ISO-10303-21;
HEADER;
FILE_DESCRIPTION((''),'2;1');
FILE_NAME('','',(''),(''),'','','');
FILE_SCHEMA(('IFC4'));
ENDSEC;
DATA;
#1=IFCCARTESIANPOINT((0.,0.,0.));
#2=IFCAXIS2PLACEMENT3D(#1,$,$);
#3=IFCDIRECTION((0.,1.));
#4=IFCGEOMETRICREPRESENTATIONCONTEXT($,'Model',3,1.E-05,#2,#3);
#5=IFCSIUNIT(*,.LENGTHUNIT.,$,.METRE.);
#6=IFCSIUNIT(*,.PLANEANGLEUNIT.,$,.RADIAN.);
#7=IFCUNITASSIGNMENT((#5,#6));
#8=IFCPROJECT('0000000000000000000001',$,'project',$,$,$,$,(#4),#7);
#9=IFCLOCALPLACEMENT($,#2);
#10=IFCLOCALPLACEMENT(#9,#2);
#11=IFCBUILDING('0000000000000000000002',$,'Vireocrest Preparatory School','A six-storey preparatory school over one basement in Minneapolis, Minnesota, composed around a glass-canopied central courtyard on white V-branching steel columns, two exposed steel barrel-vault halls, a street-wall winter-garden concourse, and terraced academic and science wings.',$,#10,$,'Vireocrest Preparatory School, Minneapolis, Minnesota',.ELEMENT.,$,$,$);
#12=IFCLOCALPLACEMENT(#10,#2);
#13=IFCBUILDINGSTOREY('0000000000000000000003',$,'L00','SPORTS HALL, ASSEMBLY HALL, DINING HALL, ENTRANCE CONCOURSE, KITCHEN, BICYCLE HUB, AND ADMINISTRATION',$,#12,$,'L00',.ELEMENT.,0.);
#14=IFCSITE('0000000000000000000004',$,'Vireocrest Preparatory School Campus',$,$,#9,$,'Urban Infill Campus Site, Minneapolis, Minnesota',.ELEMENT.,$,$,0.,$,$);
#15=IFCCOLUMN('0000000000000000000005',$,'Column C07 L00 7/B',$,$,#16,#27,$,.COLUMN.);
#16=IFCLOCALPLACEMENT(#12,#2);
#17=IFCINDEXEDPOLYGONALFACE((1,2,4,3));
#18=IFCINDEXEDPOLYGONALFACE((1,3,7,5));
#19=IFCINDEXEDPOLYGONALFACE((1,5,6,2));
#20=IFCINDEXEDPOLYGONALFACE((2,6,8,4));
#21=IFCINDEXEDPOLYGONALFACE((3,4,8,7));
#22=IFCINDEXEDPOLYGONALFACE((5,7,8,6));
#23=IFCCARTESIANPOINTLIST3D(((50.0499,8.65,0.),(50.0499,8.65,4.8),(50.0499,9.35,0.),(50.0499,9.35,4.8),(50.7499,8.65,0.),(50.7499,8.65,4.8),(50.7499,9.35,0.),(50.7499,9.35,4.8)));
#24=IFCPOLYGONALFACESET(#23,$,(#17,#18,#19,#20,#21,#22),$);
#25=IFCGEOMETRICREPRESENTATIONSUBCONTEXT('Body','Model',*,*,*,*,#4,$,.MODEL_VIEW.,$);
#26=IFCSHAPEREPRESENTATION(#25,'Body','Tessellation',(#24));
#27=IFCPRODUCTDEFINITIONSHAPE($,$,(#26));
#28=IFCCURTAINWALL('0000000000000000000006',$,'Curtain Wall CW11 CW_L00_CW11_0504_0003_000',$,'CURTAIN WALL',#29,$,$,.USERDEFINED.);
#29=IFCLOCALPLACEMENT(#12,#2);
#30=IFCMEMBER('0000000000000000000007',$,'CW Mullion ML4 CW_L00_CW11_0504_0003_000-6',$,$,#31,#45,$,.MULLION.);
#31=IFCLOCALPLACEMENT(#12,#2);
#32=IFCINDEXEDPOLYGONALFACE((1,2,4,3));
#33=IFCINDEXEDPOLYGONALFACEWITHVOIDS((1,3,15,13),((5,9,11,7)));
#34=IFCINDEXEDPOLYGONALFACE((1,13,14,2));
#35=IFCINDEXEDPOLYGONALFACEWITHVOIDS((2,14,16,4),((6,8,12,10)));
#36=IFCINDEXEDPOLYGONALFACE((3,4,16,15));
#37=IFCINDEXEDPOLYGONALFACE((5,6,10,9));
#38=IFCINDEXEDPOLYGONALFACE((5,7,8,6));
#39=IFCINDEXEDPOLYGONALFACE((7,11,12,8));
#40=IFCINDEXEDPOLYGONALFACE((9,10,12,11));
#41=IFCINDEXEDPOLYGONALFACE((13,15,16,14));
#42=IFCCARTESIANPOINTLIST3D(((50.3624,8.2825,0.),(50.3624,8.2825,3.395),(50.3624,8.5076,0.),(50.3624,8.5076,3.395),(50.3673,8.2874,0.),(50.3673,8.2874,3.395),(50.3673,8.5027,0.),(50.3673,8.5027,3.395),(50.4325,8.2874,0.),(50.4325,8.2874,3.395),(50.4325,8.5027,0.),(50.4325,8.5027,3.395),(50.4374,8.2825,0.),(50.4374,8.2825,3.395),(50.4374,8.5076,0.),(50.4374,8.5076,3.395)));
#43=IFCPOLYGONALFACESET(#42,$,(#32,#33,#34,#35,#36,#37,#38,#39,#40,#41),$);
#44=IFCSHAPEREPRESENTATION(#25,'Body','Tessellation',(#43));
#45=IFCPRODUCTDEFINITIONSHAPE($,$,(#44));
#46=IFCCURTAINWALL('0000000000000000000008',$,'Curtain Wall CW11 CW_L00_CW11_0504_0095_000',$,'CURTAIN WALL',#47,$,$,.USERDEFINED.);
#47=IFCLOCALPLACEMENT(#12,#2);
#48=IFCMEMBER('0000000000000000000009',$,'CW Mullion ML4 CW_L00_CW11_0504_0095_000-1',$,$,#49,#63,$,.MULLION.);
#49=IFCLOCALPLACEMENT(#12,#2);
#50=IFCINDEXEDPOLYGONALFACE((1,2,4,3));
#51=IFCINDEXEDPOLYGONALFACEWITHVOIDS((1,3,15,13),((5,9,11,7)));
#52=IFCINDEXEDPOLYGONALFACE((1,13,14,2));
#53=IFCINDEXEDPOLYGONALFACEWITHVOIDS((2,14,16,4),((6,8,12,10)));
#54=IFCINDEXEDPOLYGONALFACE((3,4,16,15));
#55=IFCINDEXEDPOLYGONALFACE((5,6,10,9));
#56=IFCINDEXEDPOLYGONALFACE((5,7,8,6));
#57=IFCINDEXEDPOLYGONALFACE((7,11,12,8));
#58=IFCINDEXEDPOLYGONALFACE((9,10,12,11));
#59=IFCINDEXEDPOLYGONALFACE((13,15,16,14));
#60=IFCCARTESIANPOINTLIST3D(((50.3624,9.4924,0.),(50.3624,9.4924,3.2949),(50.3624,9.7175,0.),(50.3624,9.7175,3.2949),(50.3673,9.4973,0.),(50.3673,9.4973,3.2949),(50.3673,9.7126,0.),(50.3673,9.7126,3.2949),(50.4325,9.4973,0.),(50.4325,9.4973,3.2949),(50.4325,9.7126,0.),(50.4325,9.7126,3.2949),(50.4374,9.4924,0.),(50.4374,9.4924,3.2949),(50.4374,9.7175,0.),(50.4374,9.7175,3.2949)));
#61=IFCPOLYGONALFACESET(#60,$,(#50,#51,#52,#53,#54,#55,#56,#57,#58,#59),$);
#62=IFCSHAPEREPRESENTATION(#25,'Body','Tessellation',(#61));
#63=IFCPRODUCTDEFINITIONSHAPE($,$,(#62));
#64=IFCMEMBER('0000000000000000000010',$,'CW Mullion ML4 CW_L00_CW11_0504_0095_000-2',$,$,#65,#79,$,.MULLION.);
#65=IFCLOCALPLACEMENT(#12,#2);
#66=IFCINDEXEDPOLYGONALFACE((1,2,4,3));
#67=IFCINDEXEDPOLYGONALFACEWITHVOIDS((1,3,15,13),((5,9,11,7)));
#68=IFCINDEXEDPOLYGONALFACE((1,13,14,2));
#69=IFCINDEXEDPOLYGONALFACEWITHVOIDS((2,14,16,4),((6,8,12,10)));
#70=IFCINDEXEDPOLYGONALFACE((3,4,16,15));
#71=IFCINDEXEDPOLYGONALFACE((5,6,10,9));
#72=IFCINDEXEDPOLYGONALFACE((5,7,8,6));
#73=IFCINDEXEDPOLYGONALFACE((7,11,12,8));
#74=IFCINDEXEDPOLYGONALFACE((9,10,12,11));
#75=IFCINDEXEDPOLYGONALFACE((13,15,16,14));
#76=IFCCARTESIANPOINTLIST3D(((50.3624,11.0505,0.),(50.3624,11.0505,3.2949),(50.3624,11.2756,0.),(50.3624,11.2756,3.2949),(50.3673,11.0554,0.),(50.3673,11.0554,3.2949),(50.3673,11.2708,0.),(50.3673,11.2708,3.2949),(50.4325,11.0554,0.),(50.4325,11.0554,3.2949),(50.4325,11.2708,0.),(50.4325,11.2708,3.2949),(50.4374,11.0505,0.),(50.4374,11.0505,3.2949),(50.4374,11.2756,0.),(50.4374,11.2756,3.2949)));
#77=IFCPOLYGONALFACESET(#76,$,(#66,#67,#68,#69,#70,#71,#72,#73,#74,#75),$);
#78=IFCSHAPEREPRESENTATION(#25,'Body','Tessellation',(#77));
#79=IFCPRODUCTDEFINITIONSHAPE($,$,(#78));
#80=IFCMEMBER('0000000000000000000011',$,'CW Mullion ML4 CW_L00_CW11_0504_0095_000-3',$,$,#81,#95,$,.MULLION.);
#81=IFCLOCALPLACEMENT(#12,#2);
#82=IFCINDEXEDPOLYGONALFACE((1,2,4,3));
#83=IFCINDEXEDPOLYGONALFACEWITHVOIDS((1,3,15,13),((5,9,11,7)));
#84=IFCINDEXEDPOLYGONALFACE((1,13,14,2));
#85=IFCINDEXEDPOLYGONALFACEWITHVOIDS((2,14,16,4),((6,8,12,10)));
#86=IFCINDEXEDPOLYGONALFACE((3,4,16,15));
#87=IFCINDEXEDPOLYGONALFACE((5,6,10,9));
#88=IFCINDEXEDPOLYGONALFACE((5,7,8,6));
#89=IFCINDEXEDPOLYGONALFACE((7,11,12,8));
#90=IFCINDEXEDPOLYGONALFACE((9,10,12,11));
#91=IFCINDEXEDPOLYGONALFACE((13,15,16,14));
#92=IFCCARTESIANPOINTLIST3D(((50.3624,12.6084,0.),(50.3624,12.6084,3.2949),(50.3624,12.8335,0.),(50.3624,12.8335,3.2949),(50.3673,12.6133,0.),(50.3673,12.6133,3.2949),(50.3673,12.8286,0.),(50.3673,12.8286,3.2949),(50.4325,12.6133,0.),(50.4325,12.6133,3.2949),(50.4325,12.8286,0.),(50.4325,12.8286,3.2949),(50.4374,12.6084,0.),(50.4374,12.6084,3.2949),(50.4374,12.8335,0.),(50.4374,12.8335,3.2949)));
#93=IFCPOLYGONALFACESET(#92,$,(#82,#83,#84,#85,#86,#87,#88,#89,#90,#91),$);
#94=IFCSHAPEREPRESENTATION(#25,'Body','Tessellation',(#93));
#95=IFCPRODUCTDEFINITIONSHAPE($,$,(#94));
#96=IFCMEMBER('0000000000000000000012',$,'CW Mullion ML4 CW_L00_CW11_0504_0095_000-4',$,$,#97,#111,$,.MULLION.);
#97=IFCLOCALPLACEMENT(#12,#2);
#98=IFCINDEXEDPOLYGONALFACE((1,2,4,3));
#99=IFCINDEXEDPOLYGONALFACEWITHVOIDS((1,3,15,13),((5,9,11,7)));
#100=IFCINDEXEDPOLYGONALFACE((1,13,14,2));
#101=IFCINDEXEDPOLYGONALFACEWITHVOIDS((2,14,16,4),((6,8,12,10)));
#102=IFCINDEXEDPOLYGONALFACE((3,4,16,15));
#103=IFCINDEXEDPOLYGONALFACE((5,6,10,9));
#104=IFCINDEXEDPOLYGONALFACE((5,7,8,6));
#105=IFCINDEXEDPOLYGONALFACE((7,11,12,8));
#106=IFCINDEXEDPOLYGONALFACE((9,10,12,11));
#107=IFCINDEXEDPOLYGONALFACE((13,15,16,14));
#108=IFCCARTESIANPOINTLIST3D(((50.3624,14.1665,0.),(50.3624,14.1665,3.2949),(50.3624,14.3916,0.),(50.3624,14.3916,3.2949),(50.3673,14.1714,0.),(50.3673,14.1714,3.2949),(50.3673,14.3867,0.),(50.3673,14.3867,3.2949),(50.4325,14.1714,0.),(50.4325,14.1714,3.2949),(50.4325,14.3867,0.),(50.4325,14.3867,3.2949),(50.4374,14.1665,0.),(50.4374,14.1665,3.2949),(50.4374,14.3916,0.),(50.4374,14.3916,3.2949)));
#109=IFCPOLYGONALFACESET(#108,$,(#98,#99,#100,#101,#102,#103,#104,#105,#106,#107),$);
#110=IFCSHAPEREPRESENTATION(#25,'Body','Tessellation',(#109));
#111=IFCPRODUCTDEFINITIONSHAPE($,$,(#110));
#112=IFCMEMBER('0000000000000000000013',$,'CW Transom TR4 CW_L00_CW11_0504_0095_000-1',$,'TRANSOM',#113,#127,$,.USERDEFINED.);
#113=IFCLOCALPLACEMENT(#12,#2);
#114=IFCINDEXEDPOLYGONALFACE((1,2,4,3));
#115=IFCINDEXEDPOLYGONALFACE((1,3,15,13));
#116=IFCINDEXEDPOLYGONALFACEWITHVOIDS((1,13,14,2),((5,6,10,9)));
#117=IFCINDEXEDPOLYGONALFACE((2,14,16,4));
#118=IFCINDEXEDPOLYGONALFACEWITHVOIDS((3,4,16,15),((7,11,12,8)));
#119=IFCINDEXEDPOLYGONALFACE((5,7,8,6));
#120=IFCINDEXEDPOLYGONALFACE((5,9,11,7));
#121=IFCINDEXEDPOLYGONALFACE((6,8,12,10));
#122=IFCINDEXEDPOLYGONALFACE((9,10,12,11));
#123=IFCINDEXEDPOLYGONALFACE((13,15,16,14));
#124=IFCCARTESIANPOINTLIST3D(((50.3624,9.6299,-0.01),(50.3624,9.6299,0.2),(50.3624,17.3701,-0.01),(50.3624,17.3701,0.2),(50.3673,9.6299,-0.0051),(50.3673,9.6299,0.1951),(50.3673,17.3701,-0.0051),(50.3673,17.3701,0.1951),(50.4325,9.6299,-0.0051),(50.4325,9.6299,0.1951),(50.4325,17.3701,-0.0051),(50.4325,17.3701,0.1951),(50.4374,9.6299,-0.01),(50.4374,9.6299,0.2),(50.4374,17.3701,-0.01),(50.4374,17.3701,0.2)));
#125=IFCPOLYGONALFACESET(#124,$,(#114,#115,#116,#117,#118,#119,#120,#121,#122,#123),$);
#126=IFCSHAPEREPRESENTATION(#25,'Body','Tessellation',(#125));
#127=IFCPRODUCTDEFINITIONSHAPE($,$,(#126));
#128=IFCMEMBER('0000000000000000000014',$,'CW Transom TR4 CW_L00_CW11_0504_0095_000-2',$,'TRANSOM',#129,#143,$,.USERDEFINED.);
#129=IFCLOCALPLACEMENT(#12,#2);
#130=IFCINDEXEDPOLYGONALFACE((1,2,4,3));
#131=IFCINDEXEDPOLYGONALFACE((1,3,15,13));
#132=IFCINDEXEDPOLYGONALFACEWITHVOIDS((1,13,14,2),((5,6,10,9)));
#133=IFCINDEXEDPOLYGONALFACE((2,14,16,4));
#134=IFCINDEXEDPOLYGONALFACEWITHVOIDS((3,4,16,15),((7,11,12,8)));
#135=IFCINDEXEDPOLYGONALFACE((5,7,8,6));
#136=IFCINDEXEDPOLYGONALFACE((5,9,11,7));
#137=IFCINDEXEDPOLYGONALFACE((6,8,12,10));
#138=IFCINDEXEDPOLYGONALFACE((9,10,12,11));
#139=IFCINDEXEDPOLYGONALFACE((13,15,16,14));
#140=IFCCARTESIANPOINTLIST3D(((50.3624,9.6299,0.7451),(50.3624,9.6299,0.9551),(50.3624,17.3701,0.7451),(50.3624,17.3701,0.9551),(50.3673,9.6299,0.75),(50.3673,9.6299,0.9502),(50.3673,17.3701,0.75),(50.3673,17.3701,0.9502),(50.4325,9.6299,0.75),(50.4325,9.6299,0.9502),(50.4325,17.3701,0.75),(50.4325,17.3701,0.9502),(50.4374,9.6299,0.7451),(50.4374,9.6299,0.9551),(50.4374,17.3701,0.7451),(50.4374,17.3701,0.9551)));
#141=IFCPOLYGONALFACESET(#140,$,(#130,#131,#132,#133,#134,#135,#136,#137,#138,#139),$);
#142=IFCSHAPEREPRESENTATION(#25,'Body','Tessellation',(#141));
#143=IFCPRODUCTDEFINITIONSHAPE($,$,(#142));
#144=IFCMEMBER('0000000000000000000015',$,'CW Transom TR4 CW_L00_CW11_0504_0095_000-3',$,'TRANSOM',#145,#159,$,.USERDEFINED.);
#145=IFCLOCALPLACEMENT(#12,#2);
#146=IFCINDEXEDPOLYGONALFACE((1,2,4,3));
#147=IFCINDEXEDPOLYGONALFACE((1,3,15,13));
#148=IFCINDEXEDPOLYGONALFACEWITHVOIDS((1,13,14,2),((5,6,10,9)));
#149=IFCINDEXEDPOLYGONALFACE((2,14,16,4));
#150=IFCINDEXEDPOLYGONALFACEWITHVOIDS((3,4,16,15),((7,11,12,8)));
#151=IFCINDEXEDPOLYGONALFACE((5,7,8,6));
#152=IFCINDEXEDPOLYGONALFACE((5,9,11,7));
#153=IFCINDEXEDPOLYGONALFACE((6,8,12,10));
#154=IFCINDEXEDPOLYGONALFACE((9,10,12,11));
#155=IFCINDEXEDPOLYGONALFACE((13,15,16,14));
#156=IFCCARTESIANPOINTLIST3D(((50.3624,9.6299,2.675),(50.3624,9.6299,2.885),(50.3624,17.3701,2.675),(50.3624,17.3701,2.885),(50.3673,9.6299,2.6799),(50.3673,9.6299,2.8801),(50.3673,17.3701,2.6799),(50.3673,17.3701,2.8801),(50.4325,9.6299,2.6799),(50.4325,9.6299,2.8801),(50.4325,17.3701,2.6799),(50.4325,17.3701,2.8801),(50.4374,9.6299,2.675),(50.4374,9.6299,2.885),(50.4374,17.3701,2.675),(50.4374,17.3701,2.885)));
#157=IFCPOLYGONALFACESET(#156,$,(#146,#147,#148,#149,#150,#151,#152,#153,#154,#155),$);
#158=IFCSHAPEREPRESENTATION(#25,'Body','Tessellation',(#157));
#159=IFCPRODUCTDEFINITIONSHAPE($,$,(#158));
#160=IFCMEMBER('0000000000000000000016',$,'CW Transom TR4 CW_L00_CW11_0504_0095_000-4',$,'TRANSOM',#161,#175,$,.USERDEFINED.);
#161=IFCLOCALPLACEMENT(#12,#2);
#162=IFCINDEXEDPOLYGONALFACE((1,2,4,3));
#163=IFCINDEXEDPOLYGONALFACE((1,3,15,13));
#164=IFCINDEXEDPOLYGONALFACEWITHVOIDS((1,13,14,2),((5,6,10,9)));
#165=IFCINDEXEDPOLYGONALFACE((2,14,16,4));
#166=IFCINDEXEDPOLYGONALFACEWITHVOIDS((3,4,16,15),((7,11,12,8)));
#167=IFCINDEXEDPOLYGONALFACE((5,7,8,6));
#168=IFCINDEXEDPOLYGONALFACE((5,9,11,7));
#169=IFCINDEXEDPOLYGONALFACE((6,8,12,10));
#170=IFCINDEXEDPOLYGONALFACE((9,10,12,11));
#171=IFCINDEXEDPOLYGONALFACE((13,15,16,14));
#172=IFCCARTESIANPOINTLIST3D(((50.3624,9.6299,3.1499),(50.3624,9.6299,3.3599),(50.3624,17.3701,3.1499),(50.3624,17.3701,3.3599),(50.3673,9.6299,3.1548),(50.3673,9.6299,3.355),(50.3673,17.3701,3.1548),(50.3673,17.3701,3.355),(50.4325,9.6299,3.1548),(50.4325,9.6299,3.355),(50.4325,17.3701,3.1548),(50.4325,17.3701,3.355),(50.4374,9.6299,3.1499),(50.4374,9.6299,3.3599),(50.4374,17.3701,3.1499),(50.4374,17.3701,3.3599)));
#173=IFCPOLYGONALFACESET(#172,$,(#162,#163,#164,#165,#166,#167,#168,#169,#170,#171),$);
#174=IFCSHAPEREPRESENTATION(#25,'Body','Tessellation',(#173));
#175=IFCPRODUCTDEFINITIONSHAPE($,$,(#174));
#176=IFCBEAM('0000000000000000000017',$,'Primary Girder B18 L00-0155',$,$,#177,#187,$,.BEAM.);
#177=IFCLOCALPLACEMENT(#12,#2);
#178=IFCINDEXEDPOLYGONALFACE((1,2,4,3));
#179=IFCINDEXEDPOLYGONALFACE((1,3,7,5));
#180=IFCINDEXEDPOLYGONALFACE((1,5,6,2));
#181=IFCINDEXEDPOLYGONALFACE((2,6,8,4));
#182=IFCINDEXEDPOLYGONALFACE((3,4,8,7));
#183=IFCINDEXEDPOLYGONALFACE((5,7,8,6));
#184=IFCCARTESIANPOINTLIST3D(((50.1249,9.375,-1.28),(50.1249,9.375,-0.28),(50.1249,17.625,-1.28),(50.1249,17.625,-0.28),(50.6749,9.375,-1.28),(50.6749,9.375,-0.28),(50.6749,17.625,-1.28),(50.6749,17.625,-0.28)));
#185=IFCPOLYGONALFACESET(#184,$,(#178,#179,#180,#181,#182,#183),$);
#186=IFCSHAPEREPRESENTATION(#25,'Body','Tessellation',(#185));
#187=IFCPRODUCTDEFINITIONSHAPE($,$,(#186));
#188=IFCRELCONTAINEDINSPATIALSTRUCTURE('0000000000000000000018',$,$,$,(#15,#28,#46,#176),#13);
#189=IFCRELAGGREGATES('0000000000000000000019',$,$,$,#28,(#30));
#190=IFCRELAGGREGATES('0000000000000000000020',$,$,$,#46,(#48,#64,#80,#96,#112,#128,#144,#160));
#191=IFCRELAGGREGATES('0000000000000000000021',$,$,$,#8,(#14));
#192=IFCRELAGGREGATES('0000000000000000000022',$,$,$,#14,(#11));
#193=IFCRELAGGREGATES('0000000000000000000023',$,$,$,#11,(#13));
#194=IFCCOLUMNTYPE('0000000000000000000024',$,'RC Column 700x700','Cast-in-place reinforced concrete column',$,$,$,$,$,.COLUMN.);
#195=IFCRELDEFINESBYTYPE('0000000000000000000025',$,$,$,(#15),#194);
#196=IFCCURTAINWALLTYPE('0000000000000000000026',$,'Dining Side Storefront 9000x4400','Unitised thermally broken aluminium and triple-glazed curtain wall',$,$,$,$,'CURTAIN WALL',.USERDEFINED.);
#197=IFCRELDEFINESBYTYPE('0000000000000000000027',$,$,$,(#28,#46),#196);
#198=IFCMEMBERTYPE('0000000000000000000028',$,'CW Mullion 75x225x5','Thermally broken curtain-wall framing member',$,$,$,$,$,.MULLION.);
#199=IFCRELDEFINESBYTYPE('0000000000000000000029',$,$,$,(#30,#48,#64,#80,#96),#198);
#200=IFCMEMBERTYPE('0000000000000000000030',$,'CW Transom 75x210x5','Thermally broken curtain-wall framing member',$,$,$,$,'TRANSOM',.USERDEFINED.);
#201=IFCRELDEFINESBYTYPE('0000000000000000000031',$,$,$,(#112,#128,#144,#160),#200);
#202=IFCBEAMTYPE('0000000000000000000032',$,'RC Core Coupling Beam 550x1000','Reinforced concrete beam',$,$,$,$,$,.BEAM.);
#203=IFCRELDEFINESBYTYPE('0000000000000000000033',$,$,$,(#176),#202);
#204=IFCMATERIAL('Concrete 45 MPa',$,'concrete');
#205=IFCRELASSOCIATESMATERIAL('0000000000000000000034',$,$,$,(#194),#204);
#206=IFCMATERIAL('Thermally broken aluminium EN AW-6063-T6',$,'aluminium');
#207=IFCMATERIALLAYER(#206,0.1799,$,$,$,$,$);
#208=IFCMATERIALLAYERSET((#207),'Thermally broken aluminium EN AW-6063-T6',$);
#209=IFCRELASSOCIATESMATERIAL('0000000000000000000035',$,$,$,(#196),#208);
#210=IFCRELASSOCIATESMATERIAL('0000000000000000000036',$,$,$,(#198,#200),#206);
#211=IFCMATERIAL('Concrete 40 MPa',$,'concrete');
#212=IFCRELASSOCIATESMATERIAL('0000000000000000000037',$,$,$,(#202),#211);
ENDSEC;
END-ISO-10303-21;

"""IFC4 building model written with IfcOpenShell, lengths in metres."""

from ifc_helpers import new_model, si_unit, direction, frame, origin, origin_2d, place, context, subcontext, project, spatial, rectangle, hollow_rectangle, extrude, material, layer, layer_set, material_profile, profile_set, type_object, element, aggregate, save


model = new_model("IFC4")

# Units and contexts
model_context = context("Model", 3, precision=1e-05, world=origin(), true_north=direction((0.0, 1.0)))
body_context = subcontext(model_context, "Body", "Model", "MODEL_VIEW")
ifc_project = project(units=[si_unit("LENGTHUNIT", "METRE"), si_unit("PLANEANGLEUNIT", "RADIAN")], contexts=[model_context])

# Site, building, storey
site_placement = place(None, origin())
site = spatial("IfcSite", under=ifc_project, at=site_placement, Name="Vireocrest Preparatory School Campus", LongName="Urban Infill Campus Site, Minneapolis, Minnesota", CompositionType="ELEMENT", RefElevation=0.0)
building_placement = place(site_placement, origin())
building = spatial("IfcBuilding", under=site, at=building_placement, Name="Vireocrest Preparatory School", Description="A six-storey preparatory school over one basement in Minneapolis, Minnesota, composed around a glass-canopied central courtyard on white V-branching steel columns, two exposed steel barrel-vault halls, a street-wall winter-garden concourse, and terraced academic and science wings.", LongName="Vireocrest Preparatory School, Minneapolis, Minnesota", CompositionType="ELEMENT")
storey_placement = place(building_placement, origin())
storey = spatial("IfcBuildingStorey", under=building, at=storey_placement, Name="L00", Description="SPORTS HALL, ASSEMBLY HALL, DINING HALL, ENTRANCE CONCOURSE, KITCHEN, BICYCLE HUB, AND ADMINISTRATION", LongName="L00", CompositionType="ELEMENT", Elevation=0.0)

# Column
ifc_material_1 = material(Name="Concrete 45 MPa", Category="concrete")
ifc_material_profile_1 = material_profile(ifc_material_1, rectangle(XDim=0.7, YDim=0.7, at=origin_2d()), Name="RC 700x700")
ifc_profile_set_1 = profile_set([ifc_material_profile_1], Name="Concrete 45 MPa")
column_type = type_object("IfcColumnType", Name="RC Column 700x700", Description="Cast-in-place reinforced concrete column", PredefinedType="COLUMN", material=ifc_profile_set_1)
column_placement = place(storey_placement, frame((50.3999, 9.0, 0.0), z_axis=(0.0, 0.0, 1.0), x_axis=(1.0, 0.0, 0.0)))
element("IfcColumn", 1, at=column_placement, inside=storey, type_object=column_type, Name="Column C07 L00 7/B", PredefinedType="COLUMN", context=body_context, shape_type="SweptSolid", body=[
    extrude(rectangle(XDim=0.7, YDim=0.7, at=origin_2d()), origin(), (0.0, 0.0, 1.0), 4.8),
])

# Curtain wall, member
ifc_material_2 = material(Name="Thermally broken aluminium EN AW-6063-T6", Category="aluminium")
ifc_layer_1 = layer(ifc_material_2, 0.1799)
ifc_layer_set_1 = layer_set([ifc_layer_1], Name="Thermally broken aluminium EN AW-6063-T6")
curtain_wall_type = type_object("IfcCurtainWallType", Name="Dining Side Storefront 9000x4400", Description="Unitised thermally broken aluminium and triple-glazed curtain wall", ElementType="CURTAIN WALL", PredefinedType="USERDEFINED", material=ifc_layer_set_1)
curtain_wall_1_placement = place(storey_placement, origin())
curtain_wall_1 = element("IfcCurtainWall", 2, at=curtain_wall_1_placement, inside=storey, type_object=curtain_wall_type, Name="Curtain Wall CW11 CW_L00_CW11_0504_0003_000", ObjectType="CURTAIN WALL", PredefinedType="USERDEFINED")
ifc_material_profile_2 = material_profile(ifc_material_2, hollow_rectangle(XDim=0.075, YDim=0.2251, WallThickness=0.0049, at=origin_2d()), Name="ALU 75x225x5")
ifc_profile_set_2 = profile_set([ifc_material_profile_2], Name="Thermally broken aluminium EN AW-6063-T6")
member_type_1 = type_object("IfcMemberType", Name="CW Mullion 75x225x5", Description="Thermally broken curtain-wall framing member", PredefinedType="MULLION", material=ifc_profile_set_2)
member_1_placement = place(storey_placement, frame((50.3999, 8.395, 0.0), z_axis=(0.0, 0.0, 1.0), x_axis=(1.0, 0.0, 0.0)))
member_1 = element("IfcMember", 3, at=member_1_placement, type_object=member_type_1, Name="CW Mullion ML4 CW_L00_CW11_0504_0003_000-6", PredefinedType="MULLION", context=body_context, shape_type="SweptSolid", body=[
    extrude(hollow_rectangle(XDim=0.075, YDim=0.2251, WallThickness=0.0049, at=origin_2d()), origin(), (0.0, 0.0, 1.0), 3.395),
])

# Curtain wall, members
curtain_wall_2_placement = place(storey_placement, origin())
curtain_wall_2 = element("IfcCurtainWall", 4, at=curtain_wall_2_placement, inside=storey, type_object=curtain_wall_type, Name="Curtain Wall CW11 CW_L00_CW11_0504_0095_000", ObjectType="CURTAIN WALL", PredefinedType="USERDEFINED")
member_2_placement = place(storey_placement, frame((50.3999, 9.605, 0.0), z_axis=(0.0, 0.0, 1.0), x_axis=(1.0, 0.0, 0.0)))
member_2 = element("IfcMember", 5, at=member_2_placement, type_object=member_type_1, Name="CW Mullion ML4 CW_L00_CW11_0504_0095_000-1", PredefinedType="MULLION", context=body_context, shape_type="SweptSolid", body=[
    extrude(hollow_rectangle(XDim=0.075, YDim=0.2251, WallThickness=0.0049, at=origin_2d()), origin(), (0.0, 0.0, 1.0), 3.2949),
])
member_3_placement = place(storey_placement, frame((50.3999, 11.1631, 0.0), z_axis=(0.0, 0.0, 1.0), x_axis=(1.0, 0.0, 0.0)))
member_3 = element("IfcMember", 6, at=member_3_placement, type_object=member_type_1, Name="CW Mullion ML4 CW_L00_CW11_0504_0095_000-2", PredefinedType="MULLION", context=body_context, shape_type="SweptSolid", body=[
    extrude(hollow_rectangle(XDim=0.075, YDim=0.2251, WallThickness=0.0049, at=origin_2d()), origin(), (0.0, 0.0, 1.0), 3.2949),
])
member_4_placement = place(storey_placement, frame((50.3999, 12.7209, 0.0), z_axis=(0.0, 0.0, 1.0), x_axis=(1.0, 0.0, 0.0)))
member_4 = element("IfcMember", 7, at=member_4_placement, type_object=member_type_1, Name="CW Mullion ML4 CW_L00_CW11_0504_0095_000-3", PredefinedType="MULLION", context=body_context, shape_type="SweptSolid", body=[
    extrude(hollow_rectangle(XDim=0.075, YDim=0.2251, WallThickness=0.0049, at=origin_2d()), origin(), (0.0, 0.0, 1.0), 3.2949),
])
member_5_placement = place(storey_placement, frame((50.3999, 14.2791, 0.0), z_axis=(0.0, 0.0, 1.0), x_axis=(1.0, 0.0, 0.0)))
member_5 = element("IfcMember", 8, at=member_5_placement, type_object=member_type_1, Name="CW Mullion ML4 CW_L00_CW11_0504_0095_000-4", PredefinedType="MULLION", context=body_context, shape_type="SweptSolid", body=[
    extrude(hollow_rectangle(XDim=0.075, YDim=0.2251, WallThickness=0.0049, at=origin_2d()), origin(), (0.0, 0.0, 1.0), 3.2949),
])
ifc_material_profile_3 = material_profile(ifc_material_2, hollow_rectangle(XDim=0.075, YDim=0.21, WallThickness=0.0049, at=origin_2d()), Name="ALU 75x210x5")
ifc_profile_set_3 = profile_set([ifc_material_profile_3], Name="Thermally broken aluminium EN AW-6063-T6")
member_type_2 = type_object("IfcMemberType", Name="CW Transom 75x210x5", Description="Thermally broken curtain-wall framing member", ElementType="TRANSOM", PredefinedType="USERDEFINED", material=ifc_profile_set_3)
member_6_placement = place(storey_placement, frame((50.3999, 9.6299, 0.095), z_axis=(0.0, 1.0, 0.0), x_axis=(-1.0, 0.0, 0.0)))
member_6 = element("IfcMember", 9, at=member_6_placement, type_object=member_type_2, Name="CW Transom TR4 CW_L00_CW11_0504_0095_000-1", ObjectType="TRANSOM", PredefinedType="USERDEFINED", context=body_context, shape_type="SweptSolid", body=[
    extrude(hollow_rectangle(XDim=0.075, YDim=0.21, WallThickness=0.0049, at=origin_2d()), origin(), (0.0, 0.0, 1.0), 7.7402),
])
member_7_placement = place(storey_placement, frame((50.3999, 9.6299, 0.8501), z_axis=(0.0, 1.0, 0.0), x_axis=(-1.0, 0.0, 0.0)))
member_7 = element("IfcMember", 10, at=member_7_placement, type_object=member_type_2, Name="CW Transom TR4 CW_L00_CW11_0504_0095_000-2", ObjectType="TRANSOM", PredefinedType="USERDEFINED", context=body_context, shape_type="SweptSolid", body=[
    extrude(hollow_rectangle(XDim=0.075, YDim=0.21, WallThickness=0.0049, at=origin_2d()), origin(), (0.0, 0.0, 1.0), 7.7402),
])
member_8_placement = place(storey_placement, frame((50.3999, 9.6299, 2.78), z_axis=(0.0, 1.0, 0.0), x_axis=(-1.0, 0.0, 0.0)))
member_8 = element("IfcMember", 11, at=member_8_placement, type_object=member_type_2, Name="CW Transom TR4 CW_L00_CW11_0504_0095_000-3", ObjectType="TRANSOM", PredefinedType="USERDEFINED", context=body_context, shape_type="SweptSolid", body=[
    extrude(hollow_rectangle(XDim=0.075, YDim=0.21, WallThickness=0.0049, at=origin_2d()), origin(), (0.0, 0.0, 1.0), 7.7402),
])
member_9_placement = place(storey_placement, frame((50.3999, 9.6299, 3.2549), z_axis=(0.0, 1.0, 0.0), x_axis=(-1.0, 0.0, 0.0)))
member_9 = element("IfcMember", 12, at=member_9_placement, type_object=member_type_2, Name="CW Transom TR4 CW_L00_CW11_0504_0095_000-4", ObjectType="TRANSOM", PredefinedType="USERDEFINED", context=body_context, shape_type="SweptSolid", body=[
    extrude(hollow_rectangle(XDim=0.075, YDim=0.21, WallThickness=0.0049, at=origin_2d()), origin(), (0.0, 0.0, 1.0), 7.7402),
])

# Beam
ifc_material_3 = material(Name="Concrete 40 MPa", Category="concrete")
ifc_material_profile_4 = material_profile(ifc_material_3, rectangle(XDim=0.55, YDim=1.0, at=origin_2d()), Name="RC 550x1000")
ifc_profile_set_4 = profile_set([ifc_material_profile_4], Name="Concrete 40 MPa")
beam_type = type_object("IfcBeamType", Name="RC Core Coupling Beam 550x1000", Description="Reinforced concrete beam", PredefinedType="BEAM", material=ifc_profile_set_4)
beam_placement = place(storey_placement, frame((50.3999, 9.375, -0.78), z_axis=(0.0, 1.0, 0.0), x_axis=(-1.0, 0.0, 0.0)))
element("IfcBeam", 13, at=beam_placement, inside=storey, type_object=beam_type, Name="Primary Girder B18 L00-0155", PredefinedType="BEAM", context=body_context, shape_type="SweptSolid", body=[
    extrude(rectangle(XDim=0.55, YDim=1.0, at=origin_2d()), origin(), (0.0, 0.0, 1.0), 8.25),
])

aggregate(curtain_wall_1, [member_1])
aggregate(curtain_wall_2, [member_2, member_3, member_4, member_5, member_6, member_7, member_8, member_9])

save(model, "model.ifc")
